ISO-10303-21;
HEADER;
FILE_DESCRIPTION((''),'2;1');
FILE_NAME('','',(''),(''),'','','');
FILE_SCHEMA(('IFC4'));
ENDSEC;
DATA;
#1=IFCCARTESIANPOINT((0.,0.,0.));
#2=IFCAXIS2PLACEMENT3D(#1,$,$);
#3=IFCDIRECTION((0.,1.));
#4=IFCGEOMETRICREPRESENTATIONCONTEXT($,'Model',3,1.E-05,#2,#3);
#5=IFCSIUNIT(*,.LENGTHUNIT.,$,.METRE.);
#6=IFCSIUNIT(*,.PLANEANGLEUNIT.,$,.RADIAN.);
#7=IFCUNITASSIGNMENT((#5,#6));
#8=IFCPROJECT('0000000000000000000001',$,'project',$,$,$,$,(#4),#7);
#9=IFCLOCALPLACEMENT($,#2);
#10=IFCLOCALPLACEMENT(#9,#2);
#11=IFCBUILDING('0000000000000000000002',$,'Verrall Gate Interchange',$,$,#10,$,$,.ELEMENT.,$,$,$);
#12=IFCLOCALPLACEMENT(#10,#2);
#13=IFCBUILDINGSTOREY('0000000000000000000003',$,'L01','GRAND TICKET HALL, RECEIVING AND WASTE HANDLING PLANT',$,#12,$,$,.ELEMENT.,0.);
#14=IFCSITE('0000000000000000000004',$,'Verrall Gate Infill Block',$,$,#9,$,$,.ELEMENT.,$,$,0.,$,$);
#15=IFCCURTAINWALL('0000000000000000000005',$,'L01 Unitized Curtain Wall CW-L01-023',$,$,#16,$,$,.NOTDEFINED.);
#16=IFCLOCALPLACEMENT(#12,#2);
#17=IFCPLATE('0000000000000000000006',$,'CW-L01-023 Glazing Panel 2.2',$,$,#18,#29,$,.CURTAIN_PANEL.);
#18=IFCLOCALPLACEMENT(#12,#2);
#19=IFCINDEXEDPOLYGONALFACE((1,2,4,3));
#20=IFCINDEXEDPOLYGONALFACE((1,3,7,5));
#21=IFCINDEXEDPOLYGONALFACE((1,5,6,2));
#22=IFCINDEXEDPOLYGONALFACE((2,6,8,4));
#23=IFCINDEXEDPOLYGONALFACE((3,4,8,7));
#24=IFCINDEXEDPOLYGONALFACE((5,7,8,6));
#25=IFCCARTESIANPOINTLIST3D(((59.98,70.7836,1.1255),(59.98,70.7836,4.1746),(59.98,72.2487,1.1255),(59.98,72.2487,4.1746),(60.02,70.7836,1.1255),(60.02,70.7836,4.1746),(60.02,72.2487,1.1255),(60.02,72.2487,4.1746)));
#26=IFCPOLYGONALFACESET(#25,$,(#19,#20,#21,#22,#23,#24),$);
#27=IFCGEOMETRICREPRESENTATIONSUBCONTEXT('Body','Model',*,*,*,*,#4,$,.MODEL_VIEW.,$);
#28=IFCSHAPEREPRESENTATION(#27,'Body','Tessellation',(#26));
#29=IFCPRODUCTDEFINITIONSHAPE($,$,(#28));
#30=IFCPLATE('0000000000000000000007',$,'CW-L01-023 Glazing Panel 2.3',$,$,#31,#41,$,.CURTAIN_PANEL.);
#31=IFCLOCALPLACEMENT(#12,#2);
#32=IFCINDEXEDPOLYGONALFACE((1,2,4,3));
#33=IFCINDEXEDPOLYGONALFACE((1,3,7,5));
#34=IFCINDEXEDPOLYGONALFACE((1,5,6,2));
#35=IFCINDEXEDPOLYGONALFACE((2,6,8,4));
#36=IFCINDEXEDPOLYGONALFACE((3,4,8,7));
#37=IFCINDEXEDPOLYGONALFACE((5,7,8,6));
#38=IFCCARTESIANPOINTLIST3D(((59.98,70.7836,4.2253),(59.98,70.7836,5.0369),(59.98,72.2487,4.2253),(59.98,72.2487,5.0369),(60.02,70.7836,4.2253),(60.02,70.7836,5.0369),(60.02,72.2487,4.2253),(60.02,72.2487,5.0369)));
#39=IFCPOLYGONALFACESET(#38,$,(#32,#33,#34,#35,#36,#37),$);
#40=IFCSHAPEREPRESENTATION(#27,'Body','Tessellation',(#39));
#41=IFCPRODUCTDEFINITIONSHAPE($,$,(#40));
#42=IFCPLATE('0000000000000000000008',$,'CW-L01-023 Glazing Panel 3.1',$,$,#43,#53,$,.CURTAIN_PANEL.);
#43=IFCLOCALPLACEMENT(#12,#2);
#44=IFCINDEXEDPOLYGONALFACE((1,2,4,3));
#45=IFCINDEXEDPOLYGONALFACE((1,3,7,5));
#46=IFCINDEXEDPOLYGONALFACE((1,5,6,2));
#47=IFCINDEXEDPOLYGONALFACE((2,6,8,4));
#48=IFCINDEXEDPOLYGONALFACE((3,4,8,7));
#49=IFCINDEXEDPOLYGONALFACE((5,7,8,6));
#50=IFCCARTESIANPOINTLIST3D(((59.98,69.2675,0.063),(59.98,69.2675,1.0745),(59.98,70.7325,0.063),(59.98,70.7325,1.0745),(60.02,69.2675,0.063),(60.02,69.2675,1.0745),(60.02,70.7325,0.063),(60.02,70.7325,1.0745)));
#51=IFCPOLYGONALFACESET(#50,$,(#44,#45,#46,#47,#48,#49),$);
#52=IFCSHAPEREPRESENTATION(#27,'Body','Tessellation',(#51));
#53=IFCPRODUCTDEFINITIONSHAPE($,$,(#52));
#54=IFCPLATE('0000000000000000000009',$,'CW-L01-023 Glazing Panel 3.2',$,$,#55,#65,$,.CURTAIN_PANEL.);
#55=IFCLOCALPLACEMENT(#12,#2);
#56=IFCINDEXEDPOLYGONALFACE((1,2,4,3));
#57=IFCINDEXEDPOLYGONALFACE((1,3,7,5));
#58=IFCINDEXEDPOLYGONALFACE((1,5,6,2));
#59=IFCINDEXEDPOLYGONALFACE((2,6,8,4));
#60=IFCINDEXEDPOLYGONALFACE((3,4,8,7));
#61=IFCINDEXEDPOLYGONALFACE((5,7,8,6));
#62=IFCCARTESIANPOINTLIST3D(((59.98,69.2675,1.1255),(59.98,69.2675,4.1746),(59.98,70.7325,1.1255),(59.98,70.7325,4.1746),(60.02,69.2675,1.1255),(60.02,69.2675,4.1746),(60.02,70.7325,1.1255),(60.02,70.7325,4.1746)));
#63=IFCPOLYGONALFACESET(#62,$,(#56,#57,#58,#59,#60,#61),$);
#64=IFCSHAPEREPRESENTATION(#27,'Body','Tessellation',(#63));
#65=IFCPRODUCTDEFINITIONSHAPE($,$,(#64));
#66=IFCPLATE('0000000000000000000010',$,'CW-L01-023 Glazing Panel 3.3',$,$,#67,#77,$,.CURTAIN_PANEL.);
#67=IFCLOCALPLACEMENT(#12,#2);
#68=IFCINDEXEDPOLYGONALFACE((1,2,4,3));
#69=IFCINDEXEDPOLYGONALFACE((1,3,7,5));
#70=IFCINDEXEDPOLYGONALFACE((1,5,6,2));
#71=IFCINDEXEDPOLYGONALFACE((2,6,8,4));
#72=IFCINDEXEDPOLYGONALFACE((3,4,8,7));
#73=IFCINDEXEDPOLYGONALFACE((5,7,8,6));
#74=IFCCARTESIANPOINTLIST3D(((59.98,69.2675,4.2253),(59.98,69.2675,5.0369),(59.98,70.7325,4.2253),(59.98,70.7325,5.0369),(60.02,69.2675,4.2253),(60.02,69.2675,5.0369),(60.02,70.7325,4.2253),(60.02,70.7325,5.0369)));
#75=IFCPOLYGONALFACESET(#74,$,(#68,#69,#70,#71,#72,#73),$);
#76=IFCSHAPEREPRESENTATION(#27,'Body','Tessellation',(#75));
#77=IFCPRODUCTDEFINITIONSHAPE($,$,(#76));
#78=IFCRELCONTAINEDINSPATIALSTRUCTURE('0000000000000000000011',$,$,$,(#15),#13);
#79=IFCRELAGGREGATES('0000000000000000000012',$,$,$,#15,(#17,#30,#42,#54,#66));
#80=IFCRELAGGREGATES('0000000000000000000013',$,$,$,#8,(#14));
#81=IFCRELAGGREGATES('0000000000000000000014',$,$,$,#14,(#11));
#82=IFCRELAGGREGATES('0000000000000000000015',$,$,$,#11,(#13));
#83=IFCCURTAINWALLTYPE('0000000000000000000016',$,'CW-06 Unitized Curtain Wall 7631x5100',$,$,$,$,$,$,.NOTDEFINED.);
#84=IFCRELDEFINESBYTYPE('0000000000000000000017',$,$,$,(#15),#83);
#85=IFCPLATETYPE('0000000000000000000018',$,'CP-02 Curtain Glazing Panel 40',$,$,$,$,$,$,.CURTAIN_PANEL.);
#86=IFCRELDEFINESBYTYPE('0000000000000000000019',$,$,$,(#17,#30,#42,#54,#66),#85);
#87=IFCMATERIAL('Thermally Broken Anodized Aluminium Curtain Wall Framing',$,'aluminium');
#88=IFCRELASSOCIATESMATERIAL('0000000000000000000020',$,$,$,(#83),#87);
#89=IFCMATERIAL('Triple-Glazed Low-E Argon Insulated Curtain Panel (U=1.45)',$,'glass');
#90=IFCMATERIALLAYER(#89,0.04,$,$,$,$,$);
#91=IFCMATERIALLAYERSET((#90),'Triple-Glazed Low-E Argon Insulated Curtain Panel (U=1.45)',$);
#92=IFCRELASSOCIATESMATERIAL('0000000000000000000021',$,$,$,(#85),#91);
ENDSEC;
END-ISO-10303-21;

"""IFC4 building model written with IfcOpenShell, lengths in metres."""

from ifc_helpers import new_model, si_unit, direction, frame, origin, origin_2d, place, context, subcontext, project, spatial, rectangle, extrude, material, layer, layer_set, type_object, element, aggregate, save


model = new_model("IFC4")

# Units and contexts
model_context = context("Model", 3, precision=1e-05, world=origin(), true_north=direction((0.0, 1.0)))
body_context = subcontext(model_context, "Body", "Model", "MODEL_VIEW")
ifc_project = project(units=[si_unit("LENGTHUNIT", "METRE"), si_unit("PLANEANGLEUNIT", "RADIAN")], contexts=[model_context])

# Site, building, storey
site_placement = place(None, origin())
site = spatial("IfcSite", under=ifc_project, at=site_placement, Name="Verrall Gate Infill Block", CompositionType="ELEMENT", RefElevation=0.0)
building_placement = place(site_placement, origin())
building = spatial("IfcBuilding", under=site, at=building_placement, Name="Verrall Gate Interchange", CompositionType="ELEMENT")
storey_placement = place(building_placement, origin())
storey = spatial("IfcBuildingStorey", under=building, at=storey_placement, Name="L01", Description="GRAND TICKET HALL, RECEIVING AND WASTE HANDLING PLANT", CompositionType="ELEMENT", Elevation=0.0)

# Curtain wall
ifc_material_1 = material(Name="Thermally Broken Anodized Aluminium Curtain Wall Framing", Category="aluminium")
curtain_wall_type_1 = type_object("IfcCurtainWallType", Name="CW-06 Unitized Curtain Wall 7631x5100", PredefinedType="NOTDEFINED", material=ifc_material_1)
curtain_wall_1_placement = place(storey_placement, origin())
curtain_wall_1 = element("IfcCurtainWall", 1, at=curtain_wall_1_placement, inside=storey, type_object=curtain_wall_type_1, Name="L01 Unitized Curtain Wall CW-L01-023", PredefinedType="NOTDEFINED")

# Plates
ifc_material_2 = material(Name="Triple-Glazed Low-E Argon Insulated Curtain Panel (U=1.45)", Category="glass")
ifc_layer = layer(ifc_material_2, 0.04)
ifc_layer_set = layer_set([ifc_layer], Name="Triple-Glazed Low-E Argon Insulated Curtain Panel (U=1.45)")
plate_type = type_object("IfcPlateType", Name="CP-02 Curtain Glazing Panel 40", PredefinedType="CURTAIN_PANEL", material=ifc_layer_set)
plate_1_placement = place(storey_placement, frame((60.0, 71.5161, 1.1255), z_axis=(0.0, 0.0, 1.0), x_axis=(0.0, -1.0, 0.0)))
plate_1 = element("IfcPlate", 2, at=plate_1_placement, type_object=plate_type, Name="CW-L01-023 Glazing Panel 2.2", PredefinedType="CURTAIN_PANEL", context=body_context, shape_type="SweptSolid", body=[
    extrude(rectangle(XDim=1.4651, YDim=0.04, at=origin_2d()), origin(), (0.0, 0.0, 1.0), 3.0491),
])
plate_2_placement = place(storey_placement, frame((60.0, 71.5161, 4.2253), z_axis=(0.0, 0.0, 1.0), x_axis=(0.0, -1.0, 0.0)))
plate_2 = element("IfcPlate", 3, at=plate_2_placement, type_object=plate_type, Name="CW-L01-023 Glazing Panel 2.3", PredefinedType="CURTAIN_PANEL", context=body_context, shape_type="SweptSolid", body=[
    extrude(rectangle(XDim=1.4651, YDim=0.04, at=origin_2d()), origin(), (0.0, 0.0, 1.0), 0.8115),
])
plate_3_placement = place(storey_placement, frame((60.0, 70.0, 0.063), z_axis=(0.0, 0.0, 1.0), x_axis=(0.0, -1.0, 0.0)))
plate_3 = element("IfcPlate", 4, at=plate_3_placement, type_object=plate_type, Name="CW-L01-023 Glazing Panel 3.1", PredefinedType="CURTAIN_PANEL", context=body_context, shape_type="SweptSolid", body=[
    extrude(rectangle(XDim=1.4651, YDim=0.04, at=origin_2d()), origin(), (0.0, 0.0, 1.0), 1.0115),
])
plate_4_placement = place(storey_placement, frame((60.0, 70.0, 1.1255), z_axis=(0.0, 0.0, 1.0), x_axis=(0.0, -1.0, 0.0)))
plate_4 = element("IfcPlate", 5, at=plate_4_placement, type_object=plate_type, Name="CW-L01-023 Glazing Panel 3.2", PredefinedType="CURTAIN_PANEL", context=body_context, shape_type="SweptSolid", body=[
    extrude(rectangle(XDim=1.4651, YDim=0.04, at=origin_2d()), origin(), (0.0, 0.0, 1.0), 3.0491),
])
plate_5_placement = place(storey_placement, frame((60.0, 70.0, 4.2253), z_axis=(0.0, 0.0, 1.0), x_axis=(0.0, -1.0, 0.0)))
plate_5 = element("IfcPlate", 6, at=plate_5_placement, type_object=plate_type, Name="CW-L01-023 Glazing Panel 3.3", PredefinedType="CURTAIN_PANEL", context=body_context, shape_type="SweptSolid", body=[
    extrude(rectangle(XDim=1.4651, YDim=0.04, at=origin_2d()), origin(), (0.0, 0.0, 1.0), 0.8115),
])
aggregate(curtain_wall_1, [plate_1, plate_2, plate_3, plate_4, plate_5])

save(model, "model.ifc")
